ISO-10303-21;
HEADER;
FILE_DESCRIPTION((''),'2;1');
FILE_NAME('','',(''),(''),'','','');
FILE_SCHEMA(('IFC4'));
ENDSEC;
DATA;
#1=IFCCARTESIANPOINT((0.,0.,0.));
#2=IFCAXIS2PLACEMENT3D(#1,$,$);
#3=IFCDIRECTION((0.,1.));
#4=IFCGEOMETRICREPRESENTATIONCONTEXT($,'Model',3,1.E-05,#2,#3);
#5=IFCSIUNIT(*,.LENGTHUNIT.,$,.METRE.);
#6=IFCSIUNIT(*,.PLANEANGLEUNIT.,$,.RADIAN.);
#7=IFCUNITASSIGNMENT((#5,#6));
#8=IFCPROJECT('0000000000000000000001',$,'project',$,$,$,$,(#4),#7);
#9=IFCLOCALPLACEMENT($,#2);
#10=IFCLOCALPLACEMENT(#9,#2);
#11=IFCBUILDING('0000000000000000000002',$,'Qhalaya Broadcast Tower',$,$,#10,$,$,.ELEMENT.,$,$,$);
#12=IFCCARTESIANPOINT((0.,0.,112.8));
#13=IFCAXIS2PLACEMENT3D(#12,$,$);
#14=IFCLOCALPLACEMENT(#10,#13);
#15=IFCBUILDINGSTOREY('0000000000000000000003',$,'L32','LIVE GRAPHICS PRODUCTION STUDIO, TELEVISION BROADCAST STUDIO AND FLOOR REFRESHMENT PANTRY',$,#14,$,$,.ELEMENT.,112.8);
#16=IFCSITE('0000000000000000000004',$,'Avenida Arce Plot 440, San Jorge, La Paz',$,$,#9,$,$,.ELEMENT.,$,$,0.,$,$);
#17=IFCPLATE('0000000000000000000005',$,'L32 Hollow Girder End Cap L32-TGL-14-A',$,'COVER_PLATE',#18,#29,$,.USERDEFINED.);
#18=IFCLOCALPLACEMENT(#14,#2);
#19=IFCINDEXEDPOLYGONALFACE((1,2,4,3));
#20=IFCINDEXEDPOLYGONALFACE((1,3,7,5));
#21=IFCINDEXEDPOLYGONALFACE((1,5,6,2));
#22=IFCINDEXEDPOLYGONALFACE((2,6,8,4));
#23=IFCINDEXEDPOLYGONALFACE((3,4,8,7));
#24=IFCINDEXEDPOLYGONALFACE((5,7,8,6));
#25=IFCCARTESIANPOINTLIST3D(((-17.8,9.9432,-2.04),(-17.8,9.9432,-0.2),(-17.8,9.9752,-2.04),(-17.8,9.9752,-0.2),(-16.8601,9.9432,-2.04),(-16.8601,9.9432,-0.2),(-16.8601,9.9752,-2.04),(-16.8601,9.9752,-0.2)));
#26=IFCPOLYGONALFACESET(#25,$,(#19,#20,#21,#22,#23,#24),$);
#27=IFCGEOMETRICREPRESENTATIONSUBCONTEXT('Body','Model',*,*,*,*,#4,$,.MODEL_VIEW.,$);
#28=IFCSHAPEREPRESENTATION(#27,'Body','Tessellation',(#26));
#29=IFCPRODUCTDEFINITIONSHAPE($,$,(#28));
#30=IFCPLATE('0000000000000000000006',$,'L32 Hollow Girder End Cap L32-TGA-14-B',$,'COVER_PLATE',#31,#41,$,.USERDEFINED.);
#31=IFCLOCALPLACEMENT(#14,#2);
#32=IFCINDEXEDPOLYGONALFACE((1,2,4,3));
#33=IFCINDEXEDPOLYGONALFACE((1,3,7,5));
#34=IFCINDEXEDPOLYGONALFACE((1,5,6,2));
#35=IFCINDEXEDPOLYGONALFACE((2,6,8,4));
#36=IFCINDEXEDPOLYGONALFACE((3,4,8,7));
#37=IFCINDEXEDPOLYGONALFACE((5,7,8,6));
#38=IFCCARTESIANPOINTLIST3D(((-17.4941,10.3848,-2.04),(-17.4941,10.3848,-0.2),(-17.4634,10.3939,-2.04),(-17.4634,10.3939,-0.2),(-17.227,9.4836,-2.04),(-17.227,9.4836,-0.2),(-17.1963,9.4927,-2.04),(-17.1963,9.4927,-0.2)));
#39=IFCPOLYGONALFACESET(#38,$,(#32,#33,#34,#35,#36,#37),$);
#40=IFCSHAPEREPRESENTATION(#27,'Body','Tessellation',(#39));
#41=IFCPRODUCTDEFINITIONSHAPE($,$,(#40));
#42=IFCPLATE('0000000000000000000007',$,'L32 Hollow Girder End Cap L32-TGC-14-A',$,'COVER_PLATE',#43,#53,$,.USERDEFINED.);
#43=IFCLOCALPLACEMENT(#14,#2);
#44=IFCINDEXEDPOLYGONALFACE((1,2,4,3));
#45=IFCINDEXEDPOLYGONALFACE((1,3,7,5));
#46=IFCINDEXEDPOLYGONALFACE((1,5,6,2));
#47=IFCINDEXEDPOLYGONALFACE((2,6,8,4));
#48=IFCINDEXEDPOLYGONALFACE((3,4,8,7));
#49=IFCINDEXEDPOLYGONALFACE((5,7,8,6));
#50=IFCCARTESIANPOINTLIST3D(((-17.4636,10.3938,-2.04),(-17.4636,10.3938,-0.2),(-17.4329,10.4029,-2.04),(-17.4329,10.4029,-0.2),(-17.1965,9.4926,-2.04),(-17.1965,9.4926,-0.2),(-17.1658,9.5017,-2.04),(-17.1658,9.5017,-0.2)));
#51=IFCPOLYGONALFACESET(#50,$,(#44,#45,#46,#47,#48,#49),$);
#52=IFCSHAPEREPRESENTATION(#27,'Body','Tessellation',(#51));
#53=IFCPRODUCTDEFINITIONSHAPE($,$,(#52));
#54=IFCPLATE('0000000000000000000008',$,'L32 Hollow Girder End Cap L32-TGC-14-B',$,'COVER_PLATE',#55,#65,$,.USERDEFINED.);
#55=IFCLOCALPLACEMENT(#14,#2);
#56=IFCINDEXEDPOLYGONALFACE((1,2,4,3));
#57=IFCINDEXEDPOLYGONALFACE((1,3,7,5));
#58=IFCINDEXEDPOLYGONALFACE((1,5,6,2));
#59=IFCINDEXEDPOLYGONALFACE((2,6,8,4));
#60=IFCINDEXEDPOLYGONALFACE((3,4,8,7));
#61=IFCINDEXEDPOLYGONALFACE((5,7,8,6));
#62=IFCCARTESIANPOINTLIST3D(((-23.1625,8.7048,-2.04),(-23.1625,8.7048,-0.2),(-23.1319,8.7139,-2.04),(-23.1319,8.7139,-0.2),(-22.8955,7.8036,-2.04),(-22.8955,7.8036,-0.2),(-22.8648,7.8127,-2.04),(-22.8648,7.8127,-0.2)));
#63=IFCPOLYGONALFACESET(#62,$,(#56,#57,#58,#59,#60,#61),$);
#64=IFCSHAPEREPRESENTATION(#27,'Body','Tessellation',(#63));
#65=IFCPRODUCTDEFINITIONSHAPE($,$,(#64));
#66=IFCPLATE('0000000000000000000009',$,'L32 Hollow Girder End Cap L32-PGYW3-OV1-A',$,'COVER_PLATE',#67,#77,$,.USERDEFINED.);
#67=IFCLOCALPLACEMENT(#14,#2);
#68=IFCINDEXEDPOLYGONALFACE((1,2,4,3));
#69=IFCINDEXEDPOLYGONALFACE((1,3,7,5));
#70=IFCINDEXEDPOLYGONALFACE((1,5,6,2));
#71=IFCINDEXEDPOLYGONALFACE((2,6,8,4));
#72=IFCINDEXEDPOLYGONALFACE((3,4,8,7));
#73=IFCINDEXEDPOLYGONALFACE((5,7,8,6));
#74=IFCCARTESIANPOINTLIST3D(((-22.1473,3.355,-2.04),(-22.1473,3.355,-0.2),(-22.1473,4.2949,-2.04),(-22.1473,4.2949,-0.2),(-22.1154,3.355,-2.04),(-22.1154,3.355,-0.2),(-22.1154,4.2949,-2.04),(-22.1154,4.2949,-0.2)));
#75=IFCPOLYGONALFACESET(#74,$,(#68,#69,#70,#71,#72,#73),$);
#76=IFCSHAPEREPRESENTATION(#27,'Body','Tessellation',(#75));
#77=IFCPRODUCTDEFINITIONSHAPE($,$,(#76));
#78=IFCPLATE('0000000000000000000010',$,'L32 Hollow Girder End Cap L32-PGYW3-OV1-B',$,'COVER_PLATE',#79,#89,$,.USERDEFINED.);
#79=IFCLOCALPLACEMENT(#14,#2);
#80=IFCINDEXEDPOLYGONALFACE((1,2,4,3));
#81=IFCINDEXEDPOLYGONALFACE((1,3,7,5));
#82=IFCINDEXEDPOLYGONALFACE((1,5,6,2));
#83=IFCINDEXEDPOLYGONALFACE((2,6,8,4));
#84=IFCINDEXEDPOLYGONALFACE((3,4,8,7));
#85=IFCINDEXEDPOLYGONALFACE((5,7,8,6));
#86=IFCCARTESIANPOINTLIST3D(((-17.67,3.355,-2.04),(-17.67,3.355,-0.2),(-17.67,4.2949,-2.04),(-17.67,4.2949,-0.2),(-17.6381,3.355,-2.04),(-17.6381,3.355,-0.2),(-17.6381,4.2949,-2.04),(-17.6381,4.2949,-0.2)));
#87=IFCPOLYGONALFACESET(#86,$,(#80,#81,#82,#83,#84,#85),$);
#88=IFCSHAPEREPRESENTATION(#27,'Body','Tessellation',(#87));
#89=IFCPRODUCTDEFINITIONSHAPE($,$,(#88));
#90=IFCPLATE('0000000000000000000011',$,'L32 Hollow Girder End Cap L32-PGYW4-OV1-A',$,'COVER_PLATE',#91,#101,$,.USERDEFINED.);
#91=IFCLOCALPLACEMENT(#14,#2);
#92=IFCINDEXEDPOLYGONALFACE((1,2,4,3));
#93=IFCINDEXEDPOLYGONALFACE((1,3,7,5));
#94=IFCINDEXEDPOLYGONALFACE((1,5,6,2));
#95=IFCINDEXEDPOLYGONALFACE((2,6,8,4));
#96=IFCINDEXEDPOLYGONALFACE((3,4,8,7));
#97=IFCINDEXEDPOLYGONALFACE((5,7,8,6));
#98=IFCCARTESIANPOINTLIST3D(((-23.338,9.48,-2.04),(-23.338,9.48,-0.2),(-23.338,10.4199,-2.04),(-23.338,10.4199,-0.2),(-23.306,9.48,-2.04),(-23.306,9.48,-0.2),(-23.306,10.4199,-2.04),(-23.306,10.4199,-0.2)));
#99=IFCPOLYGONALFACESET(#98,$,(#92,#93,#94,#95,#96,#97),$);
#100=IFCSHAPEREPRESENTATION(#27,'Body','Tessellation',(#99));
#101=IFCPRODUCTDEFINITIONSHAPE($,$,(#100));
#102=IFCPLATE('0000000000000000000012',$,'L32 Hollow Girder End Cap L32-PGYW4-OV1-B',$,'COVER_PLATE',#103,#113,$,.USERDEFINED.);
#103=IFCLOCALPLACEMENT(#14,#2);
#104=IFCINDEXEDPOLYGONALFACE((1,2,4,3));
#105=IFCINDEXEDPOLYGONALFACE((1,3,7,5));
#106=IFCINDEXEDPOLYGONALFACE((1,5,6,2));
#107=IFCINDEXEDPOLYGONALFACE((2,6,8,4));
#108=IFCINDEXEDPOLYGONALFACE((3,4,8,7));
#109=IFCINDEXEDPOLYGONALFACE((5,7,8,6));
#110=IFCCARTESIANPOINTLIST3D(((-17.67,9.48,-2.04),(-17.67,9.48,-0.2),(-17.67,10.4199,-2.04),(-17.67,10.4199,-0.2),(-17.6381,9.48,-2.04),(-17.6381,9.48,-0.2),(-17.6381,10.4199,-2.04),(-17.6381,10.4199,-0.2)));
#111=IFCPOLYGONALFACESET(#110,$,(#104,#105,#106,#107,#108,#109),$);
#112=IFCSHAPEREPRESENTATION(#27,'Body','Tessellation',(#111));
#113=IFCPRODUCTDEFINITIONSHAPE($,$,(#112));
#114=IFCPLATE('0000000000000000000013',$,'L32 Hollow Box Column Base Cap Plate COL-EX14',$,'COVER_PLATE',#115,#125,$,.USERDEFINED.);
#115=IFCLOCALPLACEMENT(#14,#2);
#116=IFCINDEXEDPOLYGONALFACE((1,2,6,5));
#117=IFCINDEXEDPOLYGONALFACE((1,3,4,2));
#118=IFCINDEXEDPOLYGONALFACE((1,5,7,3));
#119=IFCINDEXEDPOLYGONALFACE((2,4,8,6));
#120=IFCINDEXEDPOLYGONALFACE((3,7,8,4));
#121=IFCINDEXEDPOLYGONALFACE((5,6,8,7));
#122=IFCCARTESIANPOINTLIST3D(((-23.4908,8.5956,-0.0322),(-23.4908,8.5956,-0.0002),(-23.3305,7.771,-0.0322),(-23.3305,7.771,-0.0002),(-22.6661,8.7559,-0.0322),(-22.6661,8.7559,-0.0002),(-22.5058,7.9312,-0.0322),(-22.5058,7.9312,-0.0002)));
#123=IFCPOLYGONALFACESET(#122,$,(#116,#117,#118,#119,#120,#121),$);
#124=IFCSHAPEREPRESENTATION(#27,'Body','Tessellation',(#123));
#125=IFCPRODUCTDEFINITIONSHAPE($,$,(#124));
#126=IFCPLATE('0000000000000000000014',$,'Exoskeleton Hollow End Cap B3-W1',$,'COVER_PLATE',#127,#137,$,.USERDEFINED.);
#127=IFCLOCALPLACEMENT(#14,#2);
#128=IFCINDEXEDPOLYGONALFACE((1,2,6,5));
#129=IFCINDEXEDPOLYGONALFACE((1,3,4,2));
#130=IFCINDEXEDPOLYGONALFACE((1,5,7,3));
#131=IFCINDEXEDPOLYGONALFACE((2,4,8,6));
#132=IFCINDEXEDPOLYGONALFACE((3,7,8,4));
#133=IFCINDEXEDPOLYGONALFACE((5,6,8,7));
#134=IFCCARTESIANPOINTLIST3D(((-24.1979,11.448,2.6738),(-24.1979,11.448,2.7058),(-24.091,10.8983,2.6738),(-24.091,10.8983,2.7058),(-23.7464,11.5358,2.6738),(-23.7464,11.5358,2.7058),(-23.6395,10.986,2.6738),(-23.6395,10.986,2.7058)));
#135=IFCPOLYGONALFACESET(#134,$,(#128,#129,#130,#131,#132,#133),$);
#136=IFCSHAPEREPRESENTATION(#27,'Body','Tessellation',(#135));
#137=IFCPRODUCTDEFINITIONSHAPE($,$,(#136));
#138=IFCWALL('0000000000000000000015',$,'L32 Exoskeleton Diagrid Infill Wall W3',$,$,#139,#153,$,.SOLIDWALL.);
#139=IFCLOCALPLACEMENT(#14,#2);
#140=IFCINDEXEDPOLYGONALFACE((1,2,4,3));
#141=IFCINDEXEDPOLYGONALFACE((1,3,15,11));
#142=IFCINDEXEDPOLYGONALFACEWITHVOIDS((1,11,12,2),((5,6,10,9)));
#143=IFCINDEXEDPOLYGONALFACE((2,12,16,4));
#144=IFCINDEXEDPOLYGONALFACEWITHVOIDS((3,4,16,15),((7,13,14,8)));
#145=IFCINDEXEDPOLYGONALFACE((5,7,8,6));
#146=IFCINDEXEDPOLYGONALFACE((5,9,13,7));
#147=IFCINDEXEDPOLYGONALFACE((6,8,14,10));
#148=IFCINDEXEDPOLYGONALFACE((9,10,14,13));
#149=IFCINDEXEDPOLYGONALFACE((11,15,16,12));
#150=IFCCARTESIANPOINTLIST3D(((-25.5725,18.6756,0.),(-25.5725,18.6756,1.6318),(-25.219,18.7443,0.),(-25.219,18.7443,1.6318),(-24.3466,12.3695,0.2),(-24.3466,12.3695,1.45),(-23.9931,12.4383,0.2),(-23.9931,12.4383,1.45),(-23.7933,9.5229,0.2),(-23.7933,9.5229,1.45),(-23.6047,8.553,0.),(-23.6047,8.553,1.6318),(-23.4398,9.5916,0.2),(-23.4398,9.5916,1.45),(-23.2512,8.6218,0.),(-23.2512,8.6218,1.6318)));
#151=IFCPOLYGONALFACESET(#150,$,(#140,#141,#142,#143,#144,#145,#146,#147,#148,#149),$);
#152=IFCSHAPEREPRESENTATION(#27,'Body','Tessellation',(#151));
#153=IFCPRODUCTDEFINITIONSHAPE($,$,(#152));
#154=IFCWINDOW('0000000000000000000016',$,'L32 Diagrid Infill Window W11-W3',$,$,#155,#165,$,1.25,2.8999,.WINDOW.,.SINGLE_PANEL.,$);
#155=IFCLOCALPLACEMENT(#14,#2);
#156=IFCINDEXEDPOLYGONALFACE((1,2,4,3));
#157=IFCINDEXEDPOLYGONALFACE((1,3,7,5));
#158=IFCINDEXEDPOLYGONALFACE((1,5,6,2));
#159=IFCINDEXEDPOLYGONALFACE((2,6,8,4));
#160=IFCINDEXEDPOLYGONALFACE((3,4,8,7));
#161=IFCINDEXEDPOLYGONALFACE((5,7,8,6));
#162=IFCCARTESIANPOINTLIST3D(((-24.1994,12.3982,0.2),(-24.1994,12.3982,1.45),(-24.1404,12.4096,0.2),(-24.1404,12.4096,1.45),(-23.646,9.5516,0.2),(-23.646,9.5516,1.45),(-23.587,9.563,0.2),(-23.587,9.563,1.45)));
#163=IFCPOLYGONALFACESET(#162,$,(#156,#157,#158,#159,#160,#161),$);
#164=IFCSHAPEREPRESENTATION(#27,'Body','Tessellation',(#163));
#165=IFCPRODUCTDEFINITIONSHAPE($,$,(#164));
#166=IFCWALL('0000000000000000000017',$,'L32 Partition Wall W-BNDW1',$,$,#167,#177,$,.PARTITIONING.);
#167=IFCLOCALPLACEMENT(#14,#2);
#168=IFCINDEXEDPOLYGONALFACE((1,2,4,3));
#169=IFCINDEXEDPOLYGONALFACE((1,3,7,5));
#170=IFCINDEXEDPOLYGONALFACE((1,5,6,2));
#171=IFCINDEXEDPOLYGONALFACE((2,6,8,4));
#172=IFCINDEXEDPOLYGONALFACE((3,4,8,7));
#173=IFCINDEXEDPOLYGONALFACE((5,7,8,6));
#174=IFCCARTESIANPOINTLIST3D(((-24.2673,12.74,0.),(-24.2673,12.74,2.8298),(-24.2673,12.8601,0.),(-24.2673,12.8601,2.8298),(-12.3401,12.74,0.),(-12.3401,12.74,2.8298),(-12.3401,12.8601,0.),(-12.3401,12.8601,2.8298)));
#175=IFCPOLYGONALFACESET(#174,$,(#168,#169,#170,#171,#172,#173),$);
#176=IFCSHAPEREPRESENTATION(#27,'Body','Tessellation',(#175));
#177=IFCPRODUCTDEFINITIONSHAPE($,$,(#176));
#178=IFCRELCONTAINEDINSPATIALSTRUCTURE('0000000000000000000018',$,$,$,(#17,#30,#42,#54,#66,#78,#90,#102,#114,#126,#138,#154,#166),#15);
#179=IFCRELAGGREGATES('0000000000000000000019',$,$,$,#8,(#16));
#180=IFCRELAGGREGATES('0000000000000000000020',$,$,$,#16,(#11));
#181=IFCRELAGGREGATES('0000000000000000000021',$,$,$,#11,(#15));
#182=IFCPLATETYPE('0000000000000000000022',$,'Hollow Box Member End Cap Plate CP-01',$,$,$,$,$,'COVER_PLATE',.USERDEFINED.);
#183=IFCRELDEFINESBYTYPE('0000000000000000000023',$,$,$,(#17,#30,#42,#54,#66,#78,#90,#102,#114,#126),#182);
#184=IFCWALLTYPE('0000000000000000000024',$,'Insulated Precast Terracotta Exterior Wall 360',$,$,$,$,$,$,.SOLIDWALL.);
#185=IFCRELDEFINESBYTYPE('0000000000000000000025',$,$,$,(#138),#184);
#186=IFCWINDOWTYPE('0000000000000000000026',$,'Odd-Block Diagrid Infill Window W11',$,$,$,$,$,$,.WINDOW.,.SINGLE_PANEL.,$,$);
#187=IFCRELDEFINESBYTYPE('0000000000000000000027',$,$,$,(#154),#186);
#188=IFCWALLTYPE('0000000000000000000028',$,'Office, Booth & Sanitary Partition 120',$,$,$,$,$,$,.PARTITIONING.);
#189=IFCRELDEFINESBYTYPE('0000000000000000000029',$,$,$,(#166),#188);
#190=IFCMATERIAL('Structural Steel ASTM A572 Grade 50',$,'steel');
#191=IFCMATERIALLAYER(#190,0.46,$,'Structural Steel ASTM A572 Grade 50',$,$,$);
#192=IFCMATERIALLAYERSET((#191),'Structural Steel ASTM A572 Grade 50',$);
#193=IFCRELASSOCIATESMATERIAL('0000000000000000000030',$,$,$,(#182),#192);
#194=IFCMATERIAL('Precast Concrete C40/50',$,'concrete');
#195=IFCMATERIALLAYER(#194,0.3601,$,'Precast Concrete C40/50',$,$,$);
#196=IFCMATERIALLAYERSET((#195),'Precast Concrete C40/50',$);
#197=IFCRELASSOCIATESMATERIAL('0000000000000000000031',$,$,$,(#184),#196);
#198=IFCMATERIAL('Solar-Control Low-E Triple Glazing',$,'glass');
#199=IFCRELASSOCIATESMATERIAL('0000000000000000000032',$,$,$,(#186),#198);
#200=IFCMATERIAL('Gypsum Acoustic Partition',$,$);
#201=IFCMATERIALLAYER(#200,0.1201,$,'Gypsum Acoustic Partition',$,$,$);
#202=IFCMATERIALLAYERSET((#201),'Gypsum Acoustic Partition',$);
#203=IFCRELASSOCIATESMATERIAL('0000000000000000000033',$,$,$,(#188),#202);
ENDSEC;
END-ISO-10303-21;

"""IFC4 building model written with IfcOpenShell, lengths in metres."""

from ifc_helpers import new_model, si_unit, direction, frame, frame_2d, origin, origin_2d, place, context, subcontext, project, spatial, rectangle, extrude, material, layer, layer_set, type_object, element, fill, save


model = new_model("IFC4")

# Units and contexts
model_context = context("Model", 3, precision=1e-05, world=origin(), true_north=direction((0.0, 1.0)))
body_context = subcontext(model_context, "Body", "Model", "MODEL_VIEW")
ifc_project = project(units=[si_unit("LENGTHUNIT", "METRE"), si_unit("PLANEANGLEUNIT", "RADIAN")], contexts=[model_context])

# Site, building, storey
site_placement = place(None, origin())
site = spatial("IfcSite", under=ifc_project, at=site_placement, Name="Avenida Arce Plot 440, San Jorge, La Paz", CompositionType="ELEMENT", RefElevation=0.0)
building_placement = place(site_placement, origin())
building = spatial("IfcBuilding", under=site, at=building_placement, Name="Qhalaya Broadcast Tower", CompositionType="ELEMENT")
storey_placement = place(building_placement, frame((0.0, 0.0, 112.8)))
storey = spatial("IfcBuildingStorey", under=building, at=storey_placement, Name="L32", Description="LIVE GRAPHICS PRODUCTION STUDIO, TELEVISION BROADCAST STUDIO AND FLOOR REFRESHMENT PANTRY", CompositionType="ELEMENT", Elevation=112.8)

# Shared definitions
ifc_material_1 = material(Name="Structural Steel ASTM A572 Grade 50", Category="steel")

# Plates
ifc_layer_1 = layer(ifc_material_1, 0.46, Name="Structural Steel ASTM A572 Grade 50")
ifc_layer_set_1 = layer_set([ifc_layer_1], Name="Structural Steel ASTM A572 Grade 50")
plate_type_1 = type_object("IfcPlateType", Name="Hollow Box Member End Cap Plate CP-01", ElementType="COVER_PLATE", PredefinedType="USERDEFINED", material=ifc_layer_set_1)
for number, where, z_axis, x_axis, name in (
    (1, (-17.3301, 9.9592, -2.04), (0.0, 0.0, 1.0), (1.0, 0.0, 0.0), "L32 Hollow Girder End Cap L32-TGL-14-A"),
    (2, (-17.3452, 9.9387, -2.04), (0.0, 0.0, 1.0), (0.284149, -0.95878, 0.0), "L32 Hollow Girder End Cap L32-TGA-14-B"),
    (3, (-17.3147, 9.9478, -2.04), (0.0, 0.0, 1.0), (0.284149, -0.95878, 0.0), "L32 Hollow Girder End Cap L32-TGC-14-A"),
    (4, (-23.0137, 8.2588, -2.04), (0.0, 0.0, 1.0), (0.284149, -0.95878, 0.0), "L32 Hollow Girder End Cap L32-TGC-14-B"),
    (5, (-22.1313, 3.825, -2.04), (0.0, 0.0, 1.0), (0.0, 1.0, 0.0), "L32 Hollow Girder End Cap L32-PGYW3-OV1-A"),
    (6, (-17.6541, 3.825, -2.04), (0.0, 0.0, 1.0), (0.0, 1.0, 0.0), "L32 Hollow Girder End Cap L32-PGYW3-OV1-B"),
    (7, (-23.322, 9.95, -2.04), (0.0, 0.0, 1.0), (0.0, 1.0, 0.0), "L32 Hollow Girder End Cap L32-PGYW4-OV1-A"),
    (8, (-17.6541, 9.95, -2.04), (0.0, 0.0, 1.0), (0.0, 1.0, 0.0), "L32 Hollow Girder End Cap L32-PGYW4-OV1-B"),
):
    element("IfcPlate", number, at=place(storey_placement, frame(where, z_axis=z_axis, x_axis=x_axis)), inside=storey, type_object=plate_type_1, Name=name, ObjectType="COVER_PLATE", PredefinedType="USERDEFINED", context=body_context, shape_type="SweptSolid", body=[
        extrude(rectangle(XDim=0.9399, YDim=0.032, at=origin_2d()), origin(), (0.0, 0.0, 1.0), 1.8401),
    ])
plate_1_placement = place(storey_placement, frame((-22.9983, 8.2634, -0.0322), z_axis=(0.0, 0.0, 1.0), x_axis=(-0.190809, 0.981627, 0.0)))
element("IfcPlate", 9, at=plate_1_placement, inside=storey, type_object=plate_type_1, Name="L32 Hollow Box Column Base Cap Plate COL-EX14", ObjectType="COVER_PLATE", PredefinedType="USERDEFINED", context=body_context, shape_type="SweptSolid", body=[
    extrude(rectangle(XDim=0.8401, YDim=0.8401, at=origin_2d()), origin(), (0.0, 0.0, 1.0), 0.032),
])
plate_2_placement = place(storey_placement, frame((-23.9187, 11.217, 2.6738), z_axis=(0.0, 0.0, 1.0), x_axis=(-0.190809, 0.981627, 0.0)))
element("IfcPlate", 10, at=plate_2_placement, inside=storey, type_object=plate_type_1, Name="Exoskeleton Hollow End Cap B3-W1", ObjectType="COVER_PLATE", PredefinedType="USERDEFINED", context=body_context, shape_type="SweptSolid", body=[
    extrude(rectangle(XDim=0.5601, YDim=0.46, at=origin_2d()), origin(), (0.0, 0.0, 1.0), 0.032),
])

# Wall, opening, window
ifc_material_2 = material(Name="Precast Concrete C40/50", Category="concrete")
ifc_layer_2 = layer(ifc_material_2, 0.3601, Name="Precast Concrete C40/50")
ifc_layer_set_2 = layer_set([ifc_layer_2], Name="Precast Concrete C40/50")
wall_type_1 = type_object("IfcWallType", Name="Insulated Precast Terracotta Exterior Wall 360", PredefinedType="SOLIDWALL", material=ifc_layer_set_2)
wall_1_placement = place(storey_placement, frame((-23.428, 8.5874, 0.0), z_axis=(0.0, 0.0, 1.0), x_axis=(-0.190823, 0.981625, 0.0)))
wall_1 = element("IfcWall", 11, at=wall_1_placement, inside=storey, type_object=wall_type_1, Name="L32 Exoskeleton Diagrid Infill Wall W3", PredefinedType="SOLIDWALL", context=body_context, shape_type="SweptSolid", body=[
    extrude(rectangle(XDim=10.312, YDim=0.3601, at=frame_2d((5.156, 0.0))), origin(), (0.0, 0.0, 1.0), 1.6318),
])
opening_placement = place(wall_1_placement, frame((0.988, 0.0, 0.2)))
opening = element("IfcOpeningElement", 12, at=opening_placement, cuts=wall_1, PredefinedType="OPENING", context=body_context, shape_type="SweptSolid", body=[
    extrude(rectangle(XDim=2.8999, YDim=1.25, at=frame_2d((1.45, 0.625))), frame((0.0, 0.1921, 0.0), z_axis=(0.0, -1.0, 0.0), x_axis=(1.0, 0.0, 0.0)), (0.0, 0.0, 1.0), 0.384),
])
ifc_material_3 = material(Name="Solar-Control Low-E Triple Glazing", Category="glass")
window_type = type_object("IfcWindowType", Name="Odd-Block Diagrid Infill Window W11", PartitioningType="SINGLE_PANEL", PredefinedType="WINDOW", material=ifc_material_3)
window_placement = place(opening_placement, origin())
window = element("IfcWindow", 13, at=window_placement, inside=storey, type_object=window_type, Name="L32 Diagrid Infill Window W11-W3", OverallHeight=1.25, OverallWidth=2.8999, PartitioningType="SINGLE_PANEL", PredefinedType="WINDOW", context=body_context, shape_type="SweptSolid", body=[
    extrude(rectangle(XDim=2.8999, YDim=1.25, at=frame_2d((1.45, 0.625))), frame((0.0, 0.03, 0.0), z_axis=(0.0, -1.0, 0.0), x_axis=(1.0, 0.0, 0.0)), (0.0, 0.0, 1.0), 0.0601),
])
fill(opening, window)

# Wall
ifc_material_4 = material(Name="Gypsum Acoustic Partition")
ifc_layer_3 = layer(ifc_material_4, 0.1201, Name="Gypsum Acoustic Partition")
ifc_layer_set_3 = layer_set([ifc_layer_3], Name="Gypsum Acoustic Partition")
wall_type_2 = type_object("IfcWallType", Name="Office, Booth & Sanitary Partition 120", PredefinedType="PARTITIONING", material=ifc_layer_set_3)
wall_2_placement = place(storey_placement, frame((-24.2673, 12.8, 0.0), z_axis=(0.0, 0.0, 1.0), x_axis=(1.0, 0.0, 0.0)))
element("IfcWall", 14, at=wall_2_placement, inside=storey, type_object=wall_type_2, Name="L32 Partition Wall W-BNDW1", PredefinedType="PARTITIONING", context=body_context, shape_type="SweptSolid", body=[
    extrude(rectangle(XDim=11.9272, YDim=0.1201, at=frame_2d((5.9636, 0.0))), origin(), (0.0, 0.0, 1.0), 2.8298),
])

save(model, "model.ifc")
